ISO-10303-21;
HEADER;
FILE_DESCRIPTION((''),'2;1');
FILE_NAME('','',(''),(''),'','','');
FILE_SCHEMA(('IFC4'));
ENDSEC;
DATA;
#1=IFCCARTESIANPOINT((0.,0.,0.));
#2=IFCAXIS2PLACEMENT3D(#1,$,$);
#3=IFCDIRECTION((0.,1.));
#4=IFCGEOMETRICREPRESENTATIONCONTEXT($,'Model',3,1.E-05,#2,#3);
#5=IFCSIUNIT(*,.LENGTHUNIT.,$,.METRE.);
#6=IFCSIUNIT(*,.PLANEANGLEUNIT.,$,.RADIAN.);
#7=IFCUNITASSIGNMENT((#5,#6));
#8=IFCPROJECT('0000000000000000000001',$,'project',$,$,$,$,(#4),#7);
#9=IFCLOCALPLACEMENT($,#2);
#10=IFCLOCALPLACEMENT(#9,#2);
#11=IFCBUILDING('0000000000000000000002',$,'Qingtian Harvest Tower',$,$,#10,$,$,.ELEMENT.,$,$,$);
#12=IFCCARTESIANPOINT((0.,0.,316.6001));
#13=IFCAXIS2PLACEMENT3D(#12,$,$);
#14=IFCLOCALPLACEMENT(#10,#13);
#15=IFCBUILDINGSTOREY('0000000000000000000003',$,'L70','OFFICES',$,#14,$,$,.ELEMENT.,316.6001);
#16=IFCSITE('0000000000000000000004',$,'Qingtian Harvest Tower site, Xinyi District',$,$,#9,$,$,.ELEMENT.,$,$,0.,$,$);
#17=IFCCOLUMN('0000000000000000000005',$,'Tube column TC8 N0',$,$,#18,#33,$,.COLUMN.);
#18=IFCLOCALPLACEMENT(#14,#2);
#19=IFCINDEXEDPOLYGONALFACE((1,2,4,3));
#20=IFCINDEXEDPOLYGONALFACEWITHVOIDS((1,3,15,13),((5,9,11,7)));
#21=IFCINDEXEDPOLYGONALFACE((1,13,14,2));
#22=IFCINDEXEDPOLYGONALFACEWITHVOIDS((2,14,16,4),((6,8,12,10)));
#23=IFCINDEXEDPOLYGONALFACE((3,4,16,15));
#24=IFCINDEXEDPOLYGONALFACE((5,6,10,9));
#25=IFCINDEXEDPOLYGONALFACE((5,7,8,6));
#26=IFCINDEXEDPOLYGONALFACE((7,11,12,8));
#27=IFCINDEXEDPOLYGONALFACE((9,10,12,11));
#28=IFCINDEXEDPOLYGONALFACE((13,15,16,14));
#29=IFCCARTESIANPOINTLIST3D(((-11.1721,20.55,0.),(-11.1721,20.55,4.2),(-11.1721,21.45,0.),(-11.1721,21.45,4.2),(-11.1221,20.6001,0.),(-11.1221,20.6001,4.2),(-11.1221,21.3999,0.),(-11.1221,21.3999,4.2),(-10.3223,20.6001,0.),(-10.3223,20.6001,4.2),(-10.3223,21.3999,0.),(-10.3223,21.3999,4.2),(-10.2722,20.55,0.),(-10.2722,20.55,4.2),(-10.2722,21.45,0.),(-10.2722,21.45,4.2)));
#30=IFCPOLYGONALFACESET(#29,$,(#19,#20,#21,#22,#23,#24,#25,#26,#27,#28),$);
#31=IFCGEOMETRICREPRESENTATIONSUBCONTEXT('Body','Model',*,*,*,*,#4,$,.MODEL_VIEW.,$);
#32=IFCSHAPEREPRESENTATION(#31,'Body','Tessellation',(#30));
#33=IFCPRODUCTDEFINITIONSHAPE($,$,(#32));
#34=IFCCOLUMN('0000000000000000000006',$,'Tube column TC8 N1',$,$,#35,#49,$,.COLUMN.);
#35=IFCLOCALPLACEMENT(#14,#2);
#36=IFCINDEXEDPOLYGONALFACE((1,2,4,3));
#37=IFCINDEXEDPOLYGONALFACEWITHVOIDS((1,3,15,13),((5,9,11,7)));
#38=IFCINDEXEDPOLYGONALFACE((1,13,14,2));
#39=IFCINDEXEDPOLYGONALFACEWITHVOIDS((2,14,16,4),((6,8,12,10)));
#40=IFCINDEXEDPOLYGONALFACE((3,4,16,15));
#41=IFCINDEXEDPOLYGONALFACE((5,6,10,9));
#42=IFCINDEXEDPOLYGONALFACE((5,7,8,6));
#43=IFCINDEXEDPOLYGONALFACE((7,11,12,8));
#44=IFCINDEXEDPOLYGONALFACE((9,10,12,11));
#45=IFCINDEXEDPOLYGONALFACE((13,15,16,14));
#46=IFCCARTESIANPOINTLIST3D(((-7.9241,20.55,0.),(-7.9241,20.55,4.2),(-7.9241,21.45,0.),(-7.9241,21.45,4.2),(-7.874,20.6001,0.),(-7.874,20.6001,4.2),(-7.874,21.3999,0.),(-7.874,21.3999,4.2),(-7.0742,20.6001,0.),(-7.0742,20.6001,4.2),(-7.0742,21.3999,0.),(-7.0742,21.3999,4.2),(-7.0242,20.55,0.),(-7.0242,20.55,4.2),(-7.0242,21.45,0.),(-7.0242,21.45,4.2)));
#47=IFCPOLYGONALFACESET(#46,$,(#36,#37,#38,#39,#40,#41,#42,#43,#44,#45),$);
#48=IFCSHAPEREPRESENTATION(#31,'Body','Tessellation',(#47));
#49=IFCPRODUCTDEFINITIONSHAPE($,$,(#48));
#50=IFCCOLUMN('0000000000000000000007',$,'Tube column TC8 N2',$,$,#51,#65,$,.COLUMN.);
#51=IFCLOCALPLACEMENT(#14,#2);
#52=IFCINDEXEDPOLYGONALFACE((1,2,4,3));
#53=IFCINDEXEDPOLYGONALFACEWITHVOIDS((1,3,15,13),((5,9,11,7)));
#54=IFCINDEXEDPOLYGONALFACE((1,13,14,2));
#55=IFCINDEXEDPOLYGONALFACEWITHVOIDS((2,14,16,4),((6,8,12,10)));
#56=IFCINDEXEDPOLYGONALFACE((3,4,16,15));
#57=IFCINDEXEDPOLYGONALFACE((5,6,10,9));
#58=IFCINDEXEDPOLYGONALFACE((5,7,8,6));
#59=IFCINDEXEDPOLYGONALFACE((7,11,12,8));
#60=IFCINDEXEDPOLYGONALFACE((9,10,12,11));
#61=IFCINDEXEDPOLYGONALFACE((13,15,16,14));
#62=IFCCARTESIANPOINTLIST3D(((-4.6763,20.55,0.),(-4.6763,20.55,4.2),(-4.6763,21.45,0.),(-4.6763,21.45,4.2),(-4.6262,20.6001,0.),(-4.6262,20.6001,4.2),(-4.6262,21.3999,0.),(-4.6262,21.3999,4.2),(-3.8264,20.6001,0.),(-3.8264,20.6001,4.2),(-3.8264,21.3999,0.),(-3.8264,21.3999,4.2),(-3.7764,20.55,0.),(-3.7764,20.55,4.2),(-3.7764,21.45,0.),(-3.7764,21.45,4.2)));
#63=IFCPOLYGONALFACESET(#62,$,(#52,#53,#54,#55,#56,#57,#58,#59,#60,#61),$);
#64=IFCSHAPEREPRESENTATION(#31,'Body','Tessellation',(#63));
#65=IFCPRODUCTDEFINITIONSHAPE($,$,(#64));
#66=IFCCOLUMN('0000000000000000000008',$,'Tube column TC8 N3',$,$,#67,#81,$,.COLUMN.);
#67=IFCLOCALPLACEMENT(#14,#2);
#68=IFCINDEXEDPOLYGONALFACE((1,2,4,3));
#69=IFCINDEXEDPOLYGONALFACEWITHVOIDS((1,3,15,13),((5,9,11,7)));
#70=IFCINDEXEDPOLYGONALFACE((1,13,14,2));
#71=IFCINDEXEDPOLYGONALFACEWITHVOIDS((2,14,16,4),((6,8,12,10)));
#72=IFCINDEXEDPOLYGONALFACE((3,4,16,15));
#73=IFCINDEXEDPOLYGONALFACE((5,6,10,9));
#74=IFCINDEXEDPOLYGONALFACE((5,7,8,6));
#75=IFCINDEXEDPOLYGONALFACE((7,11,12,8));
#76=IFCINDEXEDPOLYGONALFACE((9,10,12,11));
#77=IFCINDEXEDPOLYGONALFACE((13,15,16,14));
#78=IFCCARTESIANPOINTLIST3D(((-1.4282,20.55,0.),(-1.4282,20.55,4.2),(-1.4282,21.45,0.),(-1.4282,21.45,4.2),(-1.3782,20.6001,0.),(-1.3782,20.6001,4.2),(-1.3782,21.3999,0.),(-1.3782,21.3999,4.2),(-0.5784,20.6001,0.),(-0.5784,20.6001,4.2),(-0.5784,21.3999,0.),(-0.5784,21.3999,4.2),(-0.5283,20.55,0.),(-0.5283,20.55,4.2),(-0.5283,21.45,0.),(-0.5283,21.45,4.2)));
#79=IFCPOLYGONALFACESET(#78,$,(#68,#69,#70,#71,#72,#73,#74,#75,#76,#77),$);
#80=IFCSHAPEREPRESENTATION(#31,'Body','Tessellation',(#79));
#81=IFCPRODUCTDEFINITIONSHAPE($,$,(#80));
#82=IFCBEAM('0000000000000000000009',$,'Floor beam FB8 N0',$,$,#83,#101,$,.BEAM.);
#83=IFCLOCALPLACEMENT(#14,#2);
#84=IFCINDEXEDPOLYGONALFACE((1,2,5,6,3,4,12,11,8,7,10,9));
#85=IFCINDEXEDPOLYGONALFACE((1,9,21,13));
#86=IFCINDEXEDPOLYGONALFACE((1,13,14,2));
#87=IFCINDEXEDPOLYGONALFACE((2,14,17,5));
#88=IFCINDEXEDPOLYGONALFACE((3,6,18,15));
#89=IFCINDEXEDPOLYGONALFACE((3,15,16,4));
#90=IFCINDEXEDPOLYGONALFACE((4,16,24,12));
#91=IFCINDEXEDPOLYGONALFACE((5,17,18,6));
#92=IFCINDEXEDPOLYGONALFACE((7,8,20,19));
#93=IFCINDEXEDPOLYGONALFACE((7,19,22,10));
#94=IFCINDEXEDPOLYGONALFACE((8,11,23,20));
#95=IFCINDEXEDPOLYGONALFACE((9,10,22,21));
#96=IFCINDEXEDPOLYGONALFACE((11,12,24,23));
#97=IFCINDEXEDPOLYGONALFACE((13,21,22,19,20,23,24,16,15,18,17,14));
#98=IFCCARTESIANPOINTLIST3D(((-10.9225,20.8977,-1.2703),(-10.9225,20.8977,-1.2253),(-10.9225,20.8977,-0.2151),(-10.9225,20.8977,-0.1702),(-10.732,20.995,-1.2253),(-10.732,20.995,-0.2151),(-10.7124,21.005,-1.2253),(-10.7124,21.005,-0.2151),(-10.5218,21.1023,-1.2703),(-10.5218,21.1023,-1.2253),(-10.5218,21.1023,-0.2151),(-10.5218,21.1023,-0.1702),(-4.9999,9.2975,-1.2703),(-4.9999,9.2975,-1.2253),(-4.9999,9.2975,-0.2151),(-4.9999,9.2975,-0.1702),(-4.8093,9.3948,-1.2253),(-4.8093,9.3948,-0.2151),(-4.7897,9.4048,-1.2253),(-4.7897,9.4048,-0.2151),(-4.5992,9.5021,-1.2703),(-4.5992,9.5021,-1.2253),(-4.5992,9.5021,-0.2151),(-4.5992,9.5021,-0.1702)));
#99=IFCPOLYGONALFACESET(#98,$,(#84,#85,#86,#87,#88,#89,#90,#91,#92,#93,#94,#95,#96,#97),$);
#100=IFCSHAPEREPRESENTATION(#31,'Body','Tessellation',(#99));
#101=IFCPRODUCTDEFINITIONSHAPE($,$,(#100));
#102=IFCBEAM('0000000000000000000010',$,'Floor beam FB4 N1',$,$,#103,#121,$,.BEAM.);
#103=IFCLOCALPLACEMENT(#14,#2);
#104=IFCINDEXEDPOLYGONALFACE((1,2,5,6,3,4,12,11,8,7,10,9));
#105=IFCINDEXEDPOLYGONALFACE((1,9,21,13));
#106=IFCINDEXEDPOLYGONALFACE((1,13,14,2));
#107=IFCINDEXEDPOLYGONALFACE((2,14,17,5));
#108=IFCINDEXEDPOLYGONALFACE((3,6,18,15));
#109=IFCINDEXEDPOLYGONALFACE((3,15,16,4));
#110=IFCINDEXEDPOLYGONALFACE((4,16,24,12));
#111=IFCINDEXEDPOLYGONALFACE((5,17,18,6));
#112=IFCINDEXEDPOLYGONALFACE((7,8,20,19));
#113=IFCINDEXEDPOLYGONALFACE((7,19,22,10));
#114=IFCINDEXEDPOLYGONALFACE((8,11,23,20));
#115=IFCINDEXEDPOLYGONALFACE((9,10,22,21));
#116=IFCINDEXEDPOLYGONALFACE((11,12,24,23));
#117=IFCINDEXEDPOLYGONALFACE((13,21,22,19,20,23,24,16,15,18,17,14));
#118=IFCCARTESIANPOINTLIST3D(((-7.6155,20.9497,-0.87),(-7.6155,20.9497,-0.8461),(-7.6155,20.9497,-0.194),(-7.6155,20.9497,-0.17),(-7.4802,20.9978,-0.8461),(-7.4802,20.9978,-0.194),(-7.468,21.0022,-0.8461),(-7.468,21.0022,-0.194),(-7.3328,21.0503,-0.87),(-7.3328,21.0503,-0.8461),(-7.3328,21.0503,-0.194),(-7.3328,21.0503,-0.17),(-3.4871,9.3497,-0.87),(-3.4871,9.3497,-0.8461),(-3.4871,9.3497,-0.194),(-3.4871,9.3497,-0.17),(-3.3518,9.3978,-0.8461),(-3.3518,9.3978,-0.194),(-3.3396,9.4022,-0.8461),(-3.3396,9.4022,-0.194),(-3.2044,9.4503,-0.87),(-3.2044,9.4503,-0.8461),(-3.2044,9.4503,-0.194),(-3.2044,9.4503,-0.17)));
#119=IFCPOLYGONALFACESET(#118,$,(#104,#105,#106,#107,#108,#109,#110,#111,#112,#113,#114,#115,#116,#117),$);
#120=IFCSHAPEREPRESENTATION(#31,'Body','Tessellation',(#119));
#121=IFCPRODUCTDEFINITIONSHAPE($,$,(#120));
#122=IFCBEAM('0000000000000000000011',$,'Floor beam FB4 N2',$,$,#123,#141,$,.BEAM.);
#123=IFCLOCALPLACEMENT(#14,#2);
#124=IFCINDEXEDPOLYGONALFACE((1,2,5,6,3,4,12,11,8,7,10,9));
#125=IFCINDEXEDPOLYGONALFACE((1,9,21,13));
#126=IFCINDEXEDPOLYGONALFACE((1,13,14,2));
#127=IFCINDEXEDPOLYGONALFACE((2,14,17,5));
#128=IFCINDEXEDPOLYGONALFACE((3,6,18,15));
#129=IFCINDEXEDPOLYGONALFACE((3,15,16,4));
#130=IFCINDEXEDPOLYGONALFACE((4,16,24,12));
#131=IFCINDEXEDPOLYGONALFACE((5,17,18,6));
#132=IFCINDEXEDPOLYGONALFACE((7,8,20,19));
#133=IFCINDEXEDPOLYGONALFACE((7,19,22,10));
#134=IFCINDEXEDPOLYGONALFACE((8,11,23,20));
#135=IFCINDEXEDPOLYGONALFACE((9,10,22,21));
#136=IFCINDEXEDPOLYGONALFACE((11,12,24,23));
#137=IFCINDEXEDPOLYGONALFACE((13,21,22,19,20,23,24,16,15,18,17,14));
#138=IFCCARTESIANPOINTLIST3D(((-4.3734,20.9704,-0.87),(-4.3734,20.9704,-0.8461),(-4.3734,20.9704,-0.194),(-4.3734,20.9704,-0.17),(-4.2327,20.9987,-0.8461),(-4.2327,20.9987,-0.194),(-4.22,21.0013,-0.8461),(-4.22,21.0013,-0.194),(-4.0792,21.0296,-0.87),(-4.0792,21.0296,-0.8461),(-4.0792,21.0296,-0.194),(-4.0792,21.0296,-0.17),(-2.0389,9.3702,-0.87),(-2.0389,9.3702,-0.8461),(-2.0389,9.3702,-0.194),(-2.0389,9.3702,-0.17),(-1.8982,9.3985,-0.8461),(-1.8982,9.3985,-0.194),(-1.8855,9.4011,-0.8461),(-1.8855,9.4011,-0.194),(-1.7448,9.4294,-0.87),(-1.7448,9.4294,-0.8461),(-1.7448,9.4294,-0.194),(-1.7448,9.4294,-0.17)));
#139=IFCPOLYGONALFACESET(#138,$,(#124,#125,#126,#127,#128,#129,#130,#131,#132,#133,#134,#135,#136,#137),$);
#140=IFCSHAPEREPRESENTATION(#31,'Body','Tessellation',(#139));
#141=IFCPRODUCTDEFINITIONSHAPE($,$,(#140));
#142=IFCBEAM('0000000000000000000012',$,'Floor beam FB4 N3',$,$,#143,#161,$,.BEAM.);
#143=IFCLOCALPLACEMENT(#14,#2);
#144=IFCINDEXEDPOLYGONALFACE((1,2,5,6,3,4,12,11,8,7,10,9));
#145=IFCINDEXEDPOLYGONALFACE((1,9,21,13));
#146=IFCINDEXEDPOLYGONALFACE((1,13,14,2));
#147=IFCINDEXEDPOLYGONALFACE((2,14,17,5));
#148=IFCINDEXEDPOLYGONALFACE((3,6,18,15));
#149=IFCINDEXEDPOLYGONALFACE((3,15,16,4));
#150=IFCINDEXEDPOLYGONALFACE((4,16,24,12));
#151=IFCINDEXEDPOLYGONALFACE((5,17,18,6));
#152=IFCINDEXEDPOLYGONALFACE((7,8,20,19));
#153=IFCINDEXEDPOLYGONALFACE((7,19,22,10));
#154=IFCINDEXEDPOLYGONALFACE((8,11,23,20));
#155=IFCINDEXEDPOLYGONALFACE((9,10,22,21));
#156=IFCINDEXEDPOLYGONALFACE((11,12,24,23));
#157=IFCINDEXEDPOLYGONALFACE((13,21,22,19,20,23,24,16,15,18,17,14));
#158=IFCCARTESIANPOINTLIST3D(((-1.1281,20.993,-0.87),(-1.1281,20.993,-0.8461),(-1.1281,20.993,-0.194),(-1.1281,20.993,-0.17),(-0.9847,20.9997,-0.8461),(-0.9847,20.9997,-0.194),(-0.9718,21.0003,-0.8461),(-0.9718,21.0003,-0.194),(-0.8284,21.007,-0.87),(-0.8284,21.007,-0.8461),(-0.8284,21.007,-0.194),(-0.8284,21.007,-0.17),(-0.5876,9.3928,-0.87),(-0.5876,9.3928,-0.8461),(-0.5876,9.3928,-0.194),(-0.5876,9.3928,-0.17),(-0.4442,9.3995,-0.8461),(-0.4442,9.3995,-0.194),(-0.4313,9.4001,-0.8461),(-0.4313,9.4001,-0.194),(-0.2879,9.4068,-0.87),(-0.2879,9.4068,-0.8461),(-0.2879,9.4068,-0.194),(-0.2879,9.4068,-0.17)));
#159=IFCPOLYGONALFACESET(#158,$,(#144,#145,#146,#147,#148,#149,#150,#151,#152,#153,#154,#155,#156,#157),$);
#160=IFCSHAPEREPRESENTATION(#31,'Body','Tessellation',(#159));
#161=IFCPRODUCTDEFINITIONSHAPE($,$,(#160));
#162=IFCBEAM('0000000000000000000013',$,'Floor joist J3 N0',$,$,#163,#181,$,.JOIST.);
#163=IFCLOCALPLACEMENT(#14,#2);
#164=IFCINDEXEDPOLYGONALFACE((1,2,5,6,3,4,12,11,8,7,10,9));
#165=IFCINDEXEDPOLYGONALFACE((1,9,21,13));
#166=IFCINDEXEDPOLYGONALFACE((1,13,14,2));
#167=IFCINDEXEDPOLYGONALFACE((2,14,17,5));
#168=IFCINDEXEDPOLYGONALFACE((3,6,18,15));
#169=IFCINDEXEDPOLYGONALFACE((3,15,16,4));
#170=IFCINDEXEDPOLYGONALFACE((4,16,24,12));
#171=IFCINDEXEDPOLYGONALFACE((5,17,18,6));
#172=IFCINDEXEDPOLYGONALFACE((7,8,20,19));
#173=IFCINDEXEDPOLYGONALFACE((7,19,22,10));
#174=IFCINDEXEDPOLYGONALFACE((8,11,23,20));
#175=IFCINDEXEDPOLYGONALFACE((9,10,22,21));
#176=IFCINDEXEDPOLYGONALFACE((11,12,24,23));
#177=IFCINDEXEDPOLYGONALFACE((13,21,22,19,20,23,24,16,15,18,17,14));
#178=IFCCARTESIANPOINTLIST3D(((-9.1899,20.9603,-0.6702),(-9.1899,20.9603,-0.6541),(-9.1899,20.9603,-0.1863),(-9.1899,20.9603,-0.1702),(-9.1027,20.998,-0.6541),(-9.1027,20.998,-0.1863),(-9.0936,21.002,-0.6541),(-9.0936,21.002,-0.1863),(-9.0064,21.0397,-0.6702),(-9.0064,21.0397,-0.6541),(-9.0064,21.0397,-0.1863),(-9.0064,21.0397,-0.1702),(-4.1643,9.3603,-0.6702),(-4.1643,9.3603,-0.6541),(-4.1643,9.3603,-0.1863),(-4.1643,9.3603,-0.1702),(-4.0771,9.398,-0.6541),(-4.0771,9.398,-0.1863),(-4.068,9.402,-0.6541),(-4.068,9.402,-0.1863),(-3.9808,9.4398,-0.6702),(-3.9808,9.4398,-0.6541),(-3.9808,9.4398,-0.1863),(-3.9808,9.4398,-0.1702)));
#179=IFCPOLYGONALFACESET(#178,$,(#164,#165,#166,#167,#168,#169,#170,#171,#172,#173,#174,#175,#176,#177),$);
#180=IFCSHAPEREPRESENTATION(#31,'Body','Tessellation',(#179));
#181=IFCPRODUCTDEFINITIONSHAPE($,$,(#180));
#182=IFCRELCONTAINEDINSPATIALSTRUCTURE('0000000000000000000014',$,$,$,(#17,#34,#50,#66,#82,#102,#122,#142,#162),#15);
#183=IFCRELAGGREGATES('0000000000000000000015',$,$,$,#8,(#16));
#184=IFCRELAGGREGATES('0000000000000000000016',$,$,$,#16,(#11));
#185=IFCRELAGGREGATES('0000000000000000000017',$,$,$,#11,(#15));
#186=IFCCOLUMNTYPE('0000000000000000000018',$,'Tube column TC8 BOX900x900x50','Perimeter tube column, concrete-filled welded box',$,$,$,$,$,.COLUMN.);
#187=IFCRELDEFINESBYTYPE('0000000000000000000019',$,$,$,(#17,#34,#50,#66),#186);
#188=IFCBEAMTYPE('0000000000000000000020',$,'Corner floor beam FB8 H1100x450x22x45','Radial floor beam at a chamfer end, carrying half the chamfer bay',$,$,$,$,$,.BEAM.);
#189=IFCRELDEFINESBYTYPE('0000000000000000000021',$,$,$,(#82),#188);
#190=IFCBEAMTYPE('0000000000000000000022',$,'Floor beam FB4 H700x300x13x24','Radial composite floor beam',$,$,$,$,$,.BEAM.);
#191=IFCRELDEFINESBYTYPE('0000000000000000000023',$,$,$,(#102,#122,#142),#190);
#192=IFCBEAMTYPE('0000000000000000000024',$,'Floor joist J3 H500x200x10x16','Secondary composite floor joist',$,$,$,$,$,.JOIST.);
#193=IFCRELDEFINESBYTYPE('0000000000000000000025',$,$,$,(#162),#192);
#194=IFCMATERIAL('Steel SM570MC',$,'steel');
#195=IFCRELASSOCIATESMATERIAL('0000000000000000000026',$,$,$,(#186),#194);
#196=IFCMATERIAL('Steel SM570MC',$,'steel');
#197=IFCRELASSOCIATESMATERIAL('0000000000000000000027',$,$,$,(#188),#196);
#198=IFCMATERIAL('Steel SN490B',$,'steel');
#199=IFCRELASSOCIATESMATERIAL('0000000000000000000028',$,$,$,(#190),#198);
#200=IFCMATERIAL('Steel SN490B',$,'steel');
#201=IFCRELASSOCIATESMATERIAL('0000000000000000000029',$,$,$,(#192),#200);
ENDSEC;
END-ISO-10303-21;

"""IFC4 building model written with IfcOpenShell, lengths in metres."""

from ifc_helpers import new_model, si_unit, direction, frame, origin, origin_2d, place, context, subcontext, project, spatial, hollow_rectangle, i_section, extrude, material, material_profile, profile_set, type_object, element, save


model = new_model("IFC4")

# Units and contexts
model_context = context("Model", 3, precision=1e-05, world=origin(), true_north=direction((0.0, 1.0)))
body_context = subcontext(model_context, "Body", "Model", "MODEL_VIEW")
ifc_project = project(units=[si_unit("LENGTHUNIT", "METRE"), si_unit("PLANEANGLEUNIT", "RADIAN")], contexts=[model_context])

# Site, building, storey
site_placement = place(None, origin())
site = spatial("IfcSite", under=ifc_project, at=site_placement, Name="Qingtian Harvest Tower site, Xinyi District", CompositionType="ELEMENT", RefElevation=0.0)
building_placement = place(site_placement, origin())
building = spatial("IfcBuilding", under=site, at=building_placement, Name="Qingtian Harvest Tower", CompositionType="ELEMENT")
storey_placement = place(building_placement, frame((0.0, 0.0, 316.6001)))
storey = spatial("IfcBuildingStorey", under=building, at=storey_placement, Name="L70", Description="OFFICES", CompositionType="ELEMENT", Elevation=316.6001)

# Columns
ifc_material_1 = material(Name="Steel SM570MC", Category="steel")
ifc_material_profile_1 = material_profile(ifc_material_1, hollow_rectangle(XDim=0.8999, YDim=0.8999, WallThickness=0.05, at=origin_2d()), Name="BOX900x900x50")
ifc_profile_set_1 = profile_set([ifc_material_profile_1], Name="Steel SM570MC")
column_type = type_object("IfcColumnType", Name="Tube column TC8 BOX900x900x50", Description="Perimeter tube column, concrete-filled welded box", PredefinedType="COLUMN", material=ifc_profile_set_1)
for number, where, z_axis, x_axis, name in (
    (1, (-10.7222, 21.0, 0.0), (0.0, 0.0, 1.0), (-1.0, 0.0, 0.0), "Tube column TC8 N0"),
    (2, (-7.4741, 21.0, 0.0), (0.0, 0.0, 1.0), (-1.0, 0.0, 0.0), "Tube column TC8 N1"),
    (3, (-4.2263, 21.0, 0.0), (0.0, 0.0, 1.0), (-1.0, 0.0, 0.0), "Tube column TC8 N2"),
    (4, (-0.9783, 21.0, 0.0), (0.0, 0.0, 1.0), (-1.0, 0.0, 0.0), "Tube column TC8 N3"),
):
    element("IfcColumn", number, at=place(storey_placement, frame(where, z_axis=z_axis, x_axis=x_axis)), inside=storey, type_object=column_type, Name=name, PredefinedType="COLUMN", context=body_context, shape_type="SweptSolid", body=[
        extrude(hollow_rectangle(XDim=0.8999, YDim=0.8999, WallThickness=0.05, at=origin_2d()), origin(), (0.0, 0.0, 1.0), 4.2),
    ])

# Beams
ifc_material_2 = material(Name="Steel SM570MC", Category="steel")
ifc_material_profile_2 = material_profile(ifc_material_2, i_section(OverallWidth=0.45, OverallDepth=1.1001, WebThickness=0.022, FlangeThickness=0.0449, at=origin_2d()), Name="H1100x450x22x45")
ifc_profile_set_2 = profile_set([ifc_material_profile_2], Name="Steel SM570MC")
beam_type_1 = type_object("IfcBeamType", Name="Corner floor beam FB8 H1100x450x22x45", Description="Radial floor beam at a chamfer end, carrying half the chamfer bay", PredefinedType="BEAM", material=ifc_profile_set_2)
beam_1_placement = place(storey_placement, frame((-10.7222, 21.0, -0.7202), z_axis=(0.454726, -0.890632, 0.0), x_axis=(0.890632, 0.454726, 0.0)))
element("IfcBeam", 5, at=beam_1_placement, inside=storey, type_object=beam_type_1, Name="Floor beam FB8 N0", PredefinedType="BEAM", context=body_context, shape_type="SweptSolid", body=[
    extrude(i_section(OverallWidth=0.45, OverallDepth=1.1001, WebThickness=0.022, FlangeThickness=0.0449, at=origin_2d()), origin(), (0.0, 0.0, 1.0), 13.0247),
])
ifc_material_3 = material(Name="Steel SN490B", Category="steel")
ifc_material_profile_3 = material_profile(ifc_material_3, i_section(OverallWidth=0.3, OverallDepth=0.7, WebThickness=0.0129, FlangeThickness=0.0239, at=origin_2d()), Name="H700x300x13x24")
ifc_profile_set_3 = profile_set([ifc_material_profile_3], Name="Steel SN490B")
beam_type_2 = type_object("IfcBeamType", Name="Floor beam FB4 H700x300x13x24", Description="Radial composite floor beam", PredefinedType="BEAM", material=ifc_profile_set_3)
beam_2_placement = place(storey_placement, frame((-7.4741, 21.0, -0.52), z_axis=(0.335294, -0.942114, 0.0), x_axis=(0.942114, 0.335294, 0.0)))
element("IfcBeam", 6, at=beam_2_placement, inside=storey, type_object=beam_type_2, Name="Floor beam FB4 N1", PredefinedType="BEAM", context=body_context, shape_type="SweptSolid", body=[
    extrude(i_section(OverallWidth=0.3, OverallDepth=0.7, WebThickness=0.0129, FlangeThickness=0.0239, at=origin_2d()), origin(), (0.0, 0.0, 1.0), 12.3127),
])
beam_3_placement = place(storey_placement, frame((-4.2263, 21.0, -0.52), z_axis=(0.19729, -0.980345, 0.0), x_axis=(0.980345, 0.19729, 0.0)))
element("IfcBeam", 7, at=beam_3_placement, inside=storey, type_object=beam_type_2, Name="Floor beam FB4 N2", PredefinedType="BEAM", context=body_context, shape_type="SweptSolid", body=[
    extrude(i_section(OverallWidth=0.3, OverallDepth=0.7, WebThickness=0.0129, FlangeThickness=0.0239, at=origin_2d()), origin(), (0.0, 0.0, 1.0), 11.8328),
])
beam_4_placement = place(storey_placement, frame((-0.9783, 21.0, -0.52), z_axis=(0.046546, -0.998916, 0.0), x_axis=(0.998916, 0.046546, 0.0)))
element("IfcBeam", 8, at=beam_4_placement, inside=storey, type_object=beam_type_2, Name="Floor beam FB4 N3", PredefinedType="BEAM", context=body_context, shape_type="SweptSolid", body=[
    extrude(i_section(OverallWidth=0.3, OverallDepth=0.7, WebThickness=0.0129, FlangeThickness=0.0239, at=origin_2d()), origin(), (0.0, 0.0, 1.0), 11.6128),
])
ifc_material_4 = material(Name="Steel SN490B", Category="steel")
ifc_material_profile_4 = material_profile(ifc_material_4, i_section(OverallWidth=0.2, OverallDepth=0.5, WebThickness=0.01, FlangeThickness=0.0161, at=origin_2d()), Name="H500x200x10x16")
ifc_profile_set_4 = profile_set([ifc_material_profile_4], Name="Steel SN490B")
beam_type_3 = type_object("IfcBeamType", Name="Floor joist J3 H500x200x10x16", Description="Secondary composite floor joist", PredefinedType="JOIST", material=ifc_profile_set_4)
beam_5_placement = place(storey_placement, frame((-9.0981, 21.0, -0.4202), z_axis=(0.397536, -0.917587, 0.0), x_axis=(0.917587, 0.397536, 0.0)))
element("IfcBeam", 9, at=beam_5_placement, inside=storey, type_object=beam_type_3, Name="Floor joist J3 N0", PredefinedType="JOIST", context=body_context, shape_type="SweptSolid", body=[
    extrude(i_section(OverallWidth=0.2, OverallDepth=0.5, WebThickness=0.01, FlangeThickness=0.0161, at=origin_2d()), origin(), (0.0, 0.0, 1.0), 12.6418),
])

save(model, "model.ifc")
